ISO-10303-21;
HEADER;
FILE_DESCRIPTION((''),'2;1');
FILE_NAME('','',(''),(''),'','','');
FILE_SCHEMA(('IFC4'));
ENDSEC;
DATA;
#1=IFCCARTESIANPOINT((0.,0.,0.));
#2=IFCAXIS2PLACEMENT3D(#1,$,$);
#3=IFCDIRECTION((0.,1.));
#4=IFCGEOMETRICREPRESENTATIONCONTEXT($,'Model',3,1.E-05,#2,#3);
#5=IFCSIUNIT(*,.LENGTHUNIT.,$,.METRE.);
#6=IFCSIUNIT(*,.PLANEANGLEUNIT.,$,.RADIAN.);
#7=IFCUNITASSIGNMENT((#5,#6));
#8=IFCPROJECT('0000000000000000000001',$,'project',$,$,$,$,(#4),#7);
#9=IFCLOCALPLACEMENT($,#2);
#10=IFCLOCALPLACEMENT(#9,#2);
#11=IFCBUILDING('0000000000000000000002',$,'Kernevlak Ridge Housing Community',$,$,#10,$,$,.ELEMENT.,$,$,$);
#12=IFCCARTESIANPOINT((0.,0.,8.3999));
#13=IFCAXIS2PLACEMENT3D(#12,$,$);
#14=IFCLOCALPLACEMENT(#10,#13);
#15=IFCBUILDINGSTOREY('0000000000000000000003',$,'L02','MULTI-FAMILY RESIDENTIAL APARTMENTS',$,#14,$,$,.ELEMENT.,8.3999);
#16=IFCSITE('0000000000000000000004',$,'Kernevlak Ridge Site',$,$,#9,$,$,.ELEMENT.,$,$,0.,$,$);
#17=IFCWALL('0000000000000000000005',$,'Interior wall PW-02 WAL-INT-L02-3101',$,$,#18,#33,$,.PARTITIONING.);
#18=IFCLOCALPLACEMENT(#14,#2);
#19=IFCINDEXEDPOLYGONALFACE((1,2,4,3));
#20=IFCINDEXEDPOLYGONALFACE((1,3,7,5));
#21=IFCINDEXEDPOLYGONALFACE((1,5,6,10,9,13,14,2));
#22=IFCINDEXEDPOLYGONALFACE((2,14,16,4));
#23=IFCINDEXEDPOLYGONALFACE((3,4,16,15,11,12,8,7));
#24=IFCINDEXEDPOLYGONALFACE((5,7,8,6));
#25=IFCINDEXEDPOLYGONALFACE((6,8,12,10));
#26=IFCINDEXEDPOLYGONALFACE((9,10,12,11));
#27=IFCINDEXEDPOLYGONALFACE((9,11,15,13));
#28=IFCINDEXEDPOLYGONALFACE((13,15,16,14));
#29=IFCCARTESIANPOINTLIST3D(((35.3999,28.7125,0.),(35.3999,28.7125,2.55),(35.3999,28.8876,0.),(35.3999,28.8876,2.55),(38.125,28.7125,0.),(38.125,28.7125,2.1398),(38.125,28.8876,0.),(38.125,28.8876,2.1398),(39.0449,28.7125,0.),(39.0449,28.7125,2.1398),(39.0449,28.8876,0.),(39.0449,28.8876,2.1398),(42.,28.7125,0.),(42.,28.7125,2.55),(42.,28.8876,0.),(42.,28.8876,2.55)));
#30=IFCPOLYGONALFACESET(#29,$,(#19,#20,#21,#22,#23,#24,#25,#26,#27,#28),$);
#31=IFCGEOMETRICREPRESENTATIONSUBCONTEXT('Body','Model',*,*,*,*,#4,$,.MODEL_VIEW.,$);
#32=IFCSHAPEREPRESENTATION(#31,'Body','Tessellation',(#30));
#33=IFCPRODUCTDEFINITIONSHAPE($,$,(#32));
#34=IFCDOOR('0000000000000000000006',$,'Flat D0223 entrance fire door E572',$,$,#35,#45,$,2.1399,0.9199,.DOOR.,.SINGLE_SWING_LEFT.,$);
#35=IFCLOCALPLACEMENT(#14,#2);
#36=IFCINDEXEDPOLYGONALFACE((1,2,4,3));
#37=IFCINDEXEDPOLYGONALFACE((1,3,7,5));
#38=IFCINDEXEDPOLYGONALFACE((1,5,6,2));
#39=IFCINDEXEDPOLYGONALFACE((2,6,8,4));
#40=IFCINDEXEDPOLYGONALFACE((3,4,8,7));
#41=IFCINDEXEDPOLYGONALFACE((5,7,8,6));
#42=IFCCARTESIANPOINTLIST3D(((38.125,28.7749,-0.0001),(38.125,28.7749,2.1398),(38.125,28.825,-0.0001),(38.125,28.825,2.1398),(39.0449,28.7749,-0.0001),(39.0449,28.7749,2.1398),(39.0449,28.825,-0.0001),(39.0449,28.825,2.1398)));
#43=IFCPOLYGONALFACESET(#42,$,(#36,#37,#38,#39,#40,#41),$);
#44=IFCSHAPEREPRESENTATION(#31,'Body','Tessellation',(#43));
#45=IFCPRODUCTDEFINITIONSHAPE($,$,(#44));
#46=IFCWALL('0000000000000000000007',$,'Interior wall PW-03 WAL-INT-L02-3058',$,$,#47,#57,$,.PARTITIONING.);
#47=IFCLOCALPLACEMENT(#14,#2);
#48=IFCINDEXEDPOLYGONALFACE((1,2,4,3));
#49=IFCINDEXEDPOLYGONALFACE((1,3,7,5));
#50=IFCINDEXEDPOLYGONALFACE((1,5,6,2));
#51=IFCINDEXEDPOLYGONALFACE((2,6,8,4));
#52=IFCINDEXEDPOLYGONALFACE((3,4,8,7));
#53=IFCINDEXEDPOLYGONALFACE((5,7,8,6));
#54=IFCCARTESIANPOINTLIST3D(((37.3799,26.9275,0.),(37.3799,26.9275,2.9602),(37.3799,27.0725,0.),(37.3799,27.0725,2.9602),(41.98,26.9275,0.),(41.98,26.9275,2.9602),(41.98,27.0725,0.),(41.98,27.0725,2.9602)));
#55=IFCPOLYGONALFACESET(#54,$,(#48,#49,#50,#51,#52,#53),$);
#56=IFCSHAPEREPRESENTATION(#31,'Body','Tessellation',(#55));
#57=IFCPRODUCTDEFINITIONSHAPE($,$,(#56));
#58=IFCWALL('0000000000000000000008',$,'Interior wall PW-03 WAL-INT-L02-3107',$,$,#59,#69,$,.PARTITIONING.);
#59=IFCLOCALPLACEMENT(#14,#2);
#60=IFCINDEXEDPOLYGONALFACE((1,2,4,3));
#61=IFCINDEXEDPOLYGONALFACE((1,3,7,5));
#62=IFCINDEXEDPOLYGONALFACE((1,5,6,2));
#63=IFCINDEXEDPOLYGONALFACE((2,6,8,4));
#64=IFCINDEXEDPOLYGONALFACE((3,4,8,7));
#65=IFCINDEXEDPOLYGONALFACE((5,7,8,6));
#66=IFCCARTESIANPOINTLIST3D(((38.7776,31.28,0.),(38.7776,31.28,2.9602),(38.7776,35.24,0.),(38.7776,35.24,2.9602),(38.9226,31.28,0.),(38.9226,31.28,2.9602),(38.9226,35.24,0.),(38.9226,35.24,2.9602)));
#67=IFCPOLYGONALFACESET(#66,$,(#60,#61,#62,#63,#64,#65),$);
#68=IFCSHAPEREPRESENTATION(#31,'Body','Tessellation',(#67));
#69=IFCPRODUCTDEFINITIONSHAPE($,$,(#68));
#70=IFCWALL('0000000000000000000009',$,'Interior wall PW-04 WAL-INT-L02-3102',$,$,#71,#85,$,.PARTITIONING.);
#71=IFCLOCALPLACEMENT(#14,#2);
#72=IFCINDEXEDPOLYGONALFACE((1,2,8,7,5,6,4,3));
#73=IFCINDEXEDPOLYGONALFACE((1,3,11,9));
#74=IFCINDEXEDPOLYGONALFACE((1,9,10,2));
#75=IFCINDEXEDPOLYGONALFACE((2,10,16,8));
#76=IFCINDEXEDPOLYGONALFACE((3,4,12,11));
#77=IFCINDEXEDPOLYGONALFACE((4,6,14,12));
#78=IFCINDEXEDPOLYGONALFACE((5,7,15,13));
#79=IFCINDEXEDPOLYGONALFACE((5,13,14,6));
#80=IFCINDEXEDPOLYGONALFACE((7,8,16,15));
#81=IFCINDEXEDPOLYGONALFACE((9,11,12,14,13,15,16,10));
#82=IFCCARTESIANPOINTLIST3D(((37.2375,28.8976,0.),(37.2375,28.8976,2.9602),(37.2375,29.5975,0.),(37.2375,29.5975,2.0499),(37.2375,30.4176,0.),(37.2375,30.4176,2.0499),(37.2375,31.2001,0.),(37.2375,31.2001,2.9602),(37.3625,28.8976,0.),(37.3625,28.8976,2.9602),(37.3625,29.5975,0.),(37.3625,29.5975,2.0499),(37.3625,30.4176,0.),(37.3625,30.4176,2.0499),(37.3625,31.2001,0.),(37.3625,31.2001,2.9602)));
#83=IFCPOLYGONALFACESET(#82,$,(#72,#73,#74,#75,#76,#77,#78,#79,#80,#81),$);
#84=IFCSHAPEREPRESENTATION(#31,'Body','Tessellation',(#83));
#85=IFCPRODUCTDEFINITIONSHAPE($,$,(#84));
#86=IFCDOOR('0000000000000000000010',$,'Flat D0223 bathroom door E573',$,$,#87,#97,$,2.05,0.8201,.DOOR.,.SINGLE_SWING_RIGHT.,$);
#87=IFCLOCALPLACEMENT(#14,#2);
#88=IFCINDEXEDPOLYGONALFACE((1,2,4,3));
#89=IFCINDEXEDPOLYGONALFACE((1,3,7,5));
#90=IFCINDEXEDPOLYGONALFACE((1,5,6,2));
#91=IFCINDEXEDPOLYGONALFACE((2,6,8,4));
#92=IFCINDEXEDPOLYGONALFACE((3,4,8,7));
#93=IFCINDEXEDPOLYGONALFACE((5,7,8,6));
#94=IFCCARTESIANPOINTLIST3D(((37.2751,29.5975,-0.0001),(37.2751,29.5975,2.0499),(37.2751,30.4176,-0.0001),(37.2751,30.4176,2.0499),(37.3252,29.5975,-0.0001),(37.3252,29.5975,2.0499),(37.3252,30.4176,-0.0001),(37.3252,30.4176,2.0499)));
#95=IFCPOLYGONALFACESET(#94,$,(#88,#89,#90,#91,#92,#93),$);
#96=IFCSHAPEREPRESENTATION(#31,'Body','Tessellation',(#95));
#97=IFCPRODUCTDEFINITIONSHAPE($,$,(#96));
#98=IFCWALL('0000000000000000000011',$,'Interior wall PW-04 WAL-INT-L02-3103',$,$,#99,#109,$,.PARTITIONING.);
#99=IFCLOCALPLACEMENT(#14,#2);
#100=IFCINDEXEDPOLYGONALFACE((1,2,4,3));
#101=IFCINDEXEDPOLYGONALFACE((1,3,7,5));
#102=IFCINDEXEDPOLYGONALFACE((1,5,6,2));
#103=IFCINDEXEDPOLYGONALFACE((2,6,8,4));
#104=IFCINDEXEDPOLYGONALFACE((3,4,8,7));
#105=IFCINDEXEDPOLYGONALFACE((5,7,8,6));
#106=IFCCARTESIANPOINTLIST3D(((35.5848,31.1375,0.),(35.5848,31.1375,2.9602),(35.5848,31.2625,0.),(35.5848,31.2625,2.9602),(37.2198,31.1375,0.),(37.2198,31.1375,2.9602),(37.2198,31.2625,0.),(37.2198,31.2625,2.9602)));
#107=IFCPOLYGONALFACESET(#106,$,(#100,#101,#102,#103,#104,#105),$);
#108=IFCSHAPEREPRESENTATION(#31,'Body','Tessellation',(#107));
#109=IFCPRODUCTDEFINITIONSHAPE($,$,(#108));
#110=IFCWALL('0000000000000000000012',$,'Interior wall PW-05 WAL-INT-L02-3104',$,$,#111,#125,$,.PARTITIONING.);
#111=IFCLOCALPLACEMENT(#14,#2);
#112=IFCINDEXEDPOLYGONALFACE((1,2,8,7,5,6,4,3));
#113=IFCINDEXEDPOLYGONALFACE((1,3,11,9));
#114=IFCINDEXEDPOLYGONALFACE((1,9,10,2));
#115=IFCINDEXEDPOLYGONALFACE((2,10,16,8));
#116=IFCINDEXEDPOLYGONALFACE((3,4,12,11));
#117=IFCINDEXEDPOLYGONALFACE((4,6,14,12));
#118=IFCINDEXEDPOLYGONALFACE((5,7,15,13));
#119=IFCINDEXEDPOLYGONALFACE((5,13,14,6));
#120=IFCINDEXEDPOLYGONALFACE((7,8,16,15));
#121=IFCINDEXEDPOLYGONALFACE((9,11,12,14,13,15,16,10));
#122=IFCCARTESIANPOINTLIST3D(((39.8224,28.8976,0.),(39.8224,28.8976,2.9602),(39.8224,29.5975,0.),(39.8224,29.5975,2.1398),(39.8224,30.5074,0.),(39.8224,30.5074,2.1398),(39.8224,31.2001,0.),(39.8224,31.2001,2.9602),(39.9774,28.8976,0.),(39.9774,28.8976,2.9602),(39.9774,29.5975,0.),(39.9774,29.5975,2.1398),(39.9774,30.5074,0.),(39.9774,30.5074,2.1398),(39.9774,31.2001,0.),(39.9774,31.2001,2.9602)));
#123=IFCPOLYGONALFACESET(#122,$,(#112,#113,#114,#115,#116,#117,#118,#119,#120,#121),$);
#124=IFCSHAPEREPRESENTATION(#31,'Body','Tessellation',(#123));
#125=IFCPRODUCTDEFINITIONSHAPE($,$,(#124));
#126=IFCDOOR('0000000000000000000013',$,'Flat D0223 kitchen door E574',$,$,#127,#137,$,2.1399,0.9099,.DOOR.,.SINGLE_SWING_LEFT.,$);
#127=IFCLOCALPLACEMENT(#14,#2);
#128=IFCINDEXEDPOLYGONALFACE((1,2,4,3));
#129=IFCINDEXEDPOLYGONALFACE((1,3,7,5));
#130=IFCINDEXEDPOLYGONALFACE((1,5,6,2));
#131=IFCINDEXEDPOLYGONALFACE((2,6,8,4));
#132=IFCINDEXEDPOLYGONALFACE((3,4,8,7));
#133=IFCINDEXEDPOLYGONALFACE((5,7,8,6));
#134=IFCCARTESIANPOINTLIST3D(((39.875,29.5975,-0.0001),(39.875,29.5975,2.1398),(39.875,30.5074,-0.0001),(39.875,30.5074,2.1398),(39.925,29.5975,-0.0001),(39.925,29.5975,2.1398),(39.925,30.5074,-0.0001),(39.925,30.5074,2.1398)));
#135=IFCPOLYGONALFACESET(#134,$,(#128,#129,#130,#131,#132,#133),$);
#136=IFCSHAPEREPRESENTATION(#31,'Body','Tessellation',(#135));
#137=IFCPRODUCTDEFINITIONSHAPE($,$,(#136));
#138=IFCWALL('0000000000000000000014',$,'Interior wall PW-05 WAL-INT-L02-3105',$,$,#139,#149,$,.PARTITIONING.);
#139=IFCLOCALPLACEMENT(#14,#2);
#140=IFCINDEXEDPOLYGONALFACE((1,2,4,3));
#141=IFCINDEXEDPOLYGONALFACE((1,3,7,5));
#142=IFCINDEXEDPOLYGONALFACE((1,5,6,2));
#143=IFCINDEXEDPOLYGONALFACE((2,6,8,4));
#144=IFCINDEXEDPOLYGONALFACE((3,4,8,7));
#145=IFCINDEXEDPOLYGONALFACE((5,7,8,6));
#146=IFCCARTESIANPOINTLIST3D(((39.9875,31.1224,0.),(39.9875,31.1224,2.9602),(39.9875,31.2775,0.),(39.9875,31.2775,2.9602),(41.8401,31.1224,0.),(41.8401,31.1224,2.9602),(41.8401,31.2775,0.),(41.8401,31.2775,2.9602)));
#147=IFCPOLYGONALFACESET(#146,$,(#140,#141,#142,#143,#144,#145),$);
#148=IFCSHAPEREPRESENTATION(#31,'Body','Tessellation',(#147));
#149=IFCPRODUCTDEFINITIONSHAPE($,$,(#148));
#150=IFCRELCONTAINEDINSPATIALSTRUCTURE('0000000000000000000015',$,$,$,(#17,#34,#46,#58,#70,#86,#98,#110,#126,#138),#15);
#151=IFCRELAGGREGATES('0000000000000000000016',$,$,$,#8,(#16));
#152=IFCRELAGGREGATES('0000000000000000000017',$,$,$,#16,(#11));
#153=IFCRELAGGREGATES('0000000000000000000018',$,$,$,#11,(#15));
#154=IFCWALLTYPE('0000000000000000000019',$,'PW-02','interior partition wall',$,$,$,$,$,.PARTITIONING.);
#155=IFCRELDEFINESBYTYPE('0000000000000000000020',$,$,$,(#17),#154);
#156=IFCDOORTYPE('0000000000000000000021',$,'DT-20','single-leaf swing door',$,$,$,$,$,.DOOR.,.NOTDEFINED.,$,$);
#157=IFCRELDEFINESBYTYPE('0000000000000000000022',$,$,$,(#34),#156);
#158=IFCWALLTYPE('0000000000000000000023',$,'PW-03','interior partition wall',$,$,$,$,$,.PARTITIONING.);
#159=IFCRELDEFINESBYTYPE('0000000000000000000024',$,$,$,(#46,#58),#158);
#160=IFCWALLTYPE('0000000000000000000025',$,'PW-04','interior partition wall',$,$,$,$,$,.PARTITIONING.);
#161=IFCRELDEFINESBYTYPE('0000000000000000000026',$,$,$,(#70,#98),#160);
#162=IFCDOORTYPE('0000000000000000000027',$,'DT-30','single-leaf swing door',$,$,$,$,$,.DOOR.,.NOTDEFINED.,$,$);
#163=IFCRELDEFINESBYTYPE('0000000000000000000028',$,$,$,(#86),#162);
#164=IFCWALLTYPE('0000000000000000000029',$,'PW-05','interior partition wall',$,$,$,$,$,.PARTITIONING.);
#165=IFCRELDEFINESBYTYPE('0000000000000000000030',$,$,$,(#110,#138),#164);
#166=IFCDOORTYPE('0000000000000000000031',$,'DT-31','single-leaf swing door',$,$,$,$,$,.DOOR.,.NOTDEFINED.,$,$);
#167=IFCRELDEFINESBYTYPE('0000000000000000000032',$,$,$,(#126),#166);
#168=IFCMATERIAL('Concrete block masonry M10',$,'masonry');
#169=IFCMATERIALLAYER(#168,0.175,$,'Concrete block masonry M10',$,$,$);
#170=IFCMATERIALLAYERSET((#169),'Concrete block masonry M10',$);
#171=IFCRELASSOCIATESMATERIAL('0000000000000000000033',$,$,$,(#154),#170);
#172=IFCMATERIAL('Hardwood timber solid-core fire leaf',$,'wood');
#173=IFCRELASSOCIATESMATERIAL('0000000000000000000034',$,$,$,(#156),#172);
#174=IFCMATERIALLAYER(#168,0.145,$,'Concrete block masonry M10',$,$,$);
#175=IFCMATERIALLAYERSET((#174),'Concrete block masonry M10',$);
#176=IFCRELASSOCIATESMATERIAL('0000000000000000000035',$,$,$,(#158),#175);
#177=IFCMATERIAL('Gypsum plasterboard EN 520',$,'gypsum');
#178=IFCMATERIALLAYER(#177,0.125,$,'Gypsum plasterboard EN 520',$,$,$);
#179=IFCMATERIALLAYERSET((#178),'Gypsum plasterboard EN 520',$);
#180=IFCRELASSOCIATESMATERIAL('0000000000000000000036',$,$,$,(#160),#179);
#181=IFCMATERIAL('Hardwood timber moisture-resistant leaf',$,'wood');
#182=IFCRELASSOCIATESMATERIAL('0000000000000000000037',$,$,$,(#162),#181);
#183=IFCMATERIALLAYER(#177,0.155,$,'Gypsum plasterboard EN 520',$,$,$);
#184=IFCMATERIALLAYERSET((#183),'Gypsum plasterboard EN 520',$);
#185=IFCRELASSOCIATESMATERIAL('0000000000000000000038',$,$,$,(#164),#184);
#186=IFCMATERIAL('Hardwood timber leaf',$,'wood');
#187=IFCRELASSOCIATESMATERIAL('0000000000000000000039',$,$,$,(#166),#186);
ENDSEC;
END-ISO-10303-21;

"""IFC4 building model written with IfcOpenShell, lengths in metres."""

from ifc_helpers import new_model, si_unit, direction, frame, frame_2d, origin, place, context, subcontext, project, spatial, rectangle, extrude, material, layer, layer_set, type_object, element, fill, save


model = new_model("IFC4")

# Units and contexts
model_context = context("Model", 3, precision=1e-05, world=origin(), true_north=direction((0.0, 1.0)))
body_context = subcontext(model_context, "Body", "Model", "MODEL_VIEW")
ifc_project = project(units=[si_unit("LENGTHUNIT", "METRE"), si_unit("PLANEANGLEUNIT", "RADIAN")], contexts=[model_context])

# Site, building, storey
site_placement = place(None, origin())
site = spatial("IfcSite", under=ifc_project, at=site_placement, Name="Kernevlak Ridge Site", CompositionType="ELEMENT", RefElevation=0.0)
building_placement = place(site_placement, origin())
building = spatial("IfcBuilding", under=site, at=building_placement, Name="Kernevlak Ridge Housing Community", CompositionType="ELEMENT")
storey_placement = place(building_placement, frame((0.0, 0.0, 8.3999)))
storey = spatial("IfcBuildingStorey", under=building, at=storey_placement, Name="L02", Description="MULTI-FAMILY RESIDENTIAL APARTMENTS", CompositionType="ELEMENT", Elevation=8.3999)

# Shared definitions
ifc_material_1 = material(Name="Concrete block masonry M10", Category="masonry")

# Wall, opening, door
ifc_layer_1 = layer(ifc_material_1, 0.175, Name="Concrete block masonry M10")
ifc_layer_set_1 = layer_set([ifc_layer_1], Name="Concrete block masonry M10")
wall_type_1 = type_object("IfcWallType", Name="PW-02", Description="interior partition wall", PredefinedType="PARTITIONING", material=ifc_layer_set_1)
wall_1_placement = place(storey_placement, frame((35.3999, 28.8, 0.0), z_axis=(0.0, 0.0, 1.0), x_axis=(1.0, 0.0, 0.0)))
wall_1 = element("IfcWall", 1, at=wall_1_placement, inside=storey, type_object=wall_type_1, Name="Interior wall PW-02 WAL-INT-L02-3101", PredefinedType="PARTITIONING", context=body_context, shape_type="SweptSolid", body=[
    extrude(rectangle(XDim=6.6001, YDim=0.175, at=frame_2d((3.3, 0.0))), origin(), (0.0, 0.0, 1.0), 2.55),
])
opening_1_placement = place(wall_1_placement, frame((2.7251, 0.0, 0.0)))
opening_1 = element("IfcOpeningElement", 2, at=opening_1_placement, cuts=wall_1, PredefinedType="OPENING", context=body_context, shape_type="SweptSolid", body=[
    extrude(rectangle(XDim=0.9199, YDim=2.1399, at=frame_2d((0.46, 1.0698))), frame((0.0, 0.0974, 0.0), z_axis=(0.0, -1.0, 0.0), x_axis=(1.0, 0.0, 0.0)), (0.0, 0.0, 1.0), 0.1951),
])
ifc_material_2 = material(Name="Hardwood timber solid-core fire leaf", Category="wood")
door_type_1 = type_object("IfcDoorType", Name="DT-20", Description="single-leaf swing door", OperationType="NOTDEFINED", PredefinedType="DOOR", material=ifc_material_2)
door_1_placement = place(opening_1_placement, origin())
door_1 = element("IfcDoor", 3, at=door_1_placement, inside=storey, type_object=door_type_1, Name="Flat D0223 entrance fire door E572", OperationType="SINGLE_SWING_LEFT", OverallHeight=2.1399, OverallWidth=0.9199, PredefinedType="DOOR", context=body_context, shape_type="SweptSolid", body=[
    extrude(rectangle(XDim=0.9199, YDim=2.1399, at=frame_2d((0.46, 1.0698))), frame((0.0, 0.0249, 0.0), z_axis=(0.0, -1.0, 0.0), x_axis=(1.0, 0.0, 0.0)), (0.0, 0.0, 1.0), 0.05),
])
fill(opening_1, door_1)

# Walls
ifc_layer_2 = layer(ifc_material_1, 0.145, Name="Concrete block masonry M10")
ifc_layer_set_2 = layer_set([ifc_layer_2], Name="Concrete block masonry M10")
wall_type_2 = type_object("IfcWallType", Name="PW-03", Description="interior partition wall", PredefinedType="PARTITIONING", material=ifc_layer_set_2)
wall_2_placement = place(storey_placement, frame((37.3799, 27.0, 0.0), z_axis=(0.0, 0.0, 1.0), x_axis=(1.0, 0.0, 0.0)))
element("IfcWall", 4, at=wall_2_placement, inside=storey, type_object=wall_type_2, Name="Interior wall PW-03 WAL-INT-L02-3058", PredefinedType="PARTITIONING", context=body_context, shape_type="SweptSolid", body=[
    extrude(rectangle(XDim=4.6001, YDim=0.145, at=frame_2d((2.3, 0.0))), origin(), (0.0, 0.0, 1.0), 2.9602),
])
wall_3_placement = place(storey_placement, frame((38.8501, 31.28, 0.0), z_axis=(0.0, 0.0, 1.0), x_axis=(0.0, 1.0, 0.0)))
element("IfcWall", 5, at=wall_3_placement, inside=storey, type_object=wall_type_2, Name="Interior wall PW-03 WAL-INT-L02-3107", PredefinedType="PARTITIONING", context=body_context, shape_type="SweptSolid", body=[
    extrude(rectangle(XDim=3.96, YDim=0.145, at=frame_2d((1.98, 0.0))), origin(), (0.0, 0.0, 1.0), 2.9602),
])

# Wall, opening, door
ifc_material_3 = material(Name="Gypsum plasterboard EN 520", Category="gypsum")
ifc_layer_3 = layer(ifc_material_3, 0.125, Name="Gypsum plasterboard EN 520")
ifc_layer_set_3 = layer_set([ifc_layer_3], Name="Gypsum plasterboard EN 520")
wall_type_3 = type_object("IfcWallType", Name="PW-04", Description="interior partition wall", PredefinedType="PARTITIONING", material=ifc_layer_set_3)
wall_4_placement = place(storey_placement, frame((37.3, 28.8975, 0.0), z_axis=(0.0, 0.0, 1.0), x_axis=(0.0, 1.0, 0.0)))
wall_4 = element("IfcWall", 6, at=wall_4_placement, inside=storey, type_object=wall_type_3, Name="Interior wall PW-04 WAL-INT-L02-3102", PredefinedType="PARTITIONING", context=body_context, shape_type="SweptSolid", body=[
    extrude(rectangle(XDim=2.3025, YDim=0.125, at=frame_2d((1.1514, 0.0))), origin(), (0.0, 0.0, 1.0), 2.9602),
])
opening_2_placement = place(wall_4_placement, frame((0.7, 0.0, 0.0)))
opening_2 = element("IfcOpeningElement", 7, at=opening_2_placement, cuts=wall_4, PredefinedType="OPENING", context=body_context, shape_type="SweptSolid", body=[
    extrude(rectangle(XDim=0.8201, YDim=2.05, at=frame_2d((0.4102, 1.0249))), frame((0.0, 0.0725, 0.0), z_axis=(0.0, -1.0, 0.0), x_axis=(1.0, 0.0, 0.0)), (0.0, 0.0, 1.0), 0.145),
])
ifc_material_4 = material(Name="Hardwood timber moisture-resistant leaf", Category="wood")
door_type_2 = type_object("IfcDoorType", Name="DT-30", Description="single-leaf swing door", OperationType="NOTDEFINED", PredefinedType="DOOR", material=ifc_material_4)
door_2_placement = place(opening_2_placement, origin())
door_2 = element("IfcDoor", 8, at=door_2_placement, inside=storey, type_object=door_type_2, Name="Flat D0223 bathroom door E573", OperationType="SINGLE_SWING_RIGHT", OverallHeight=2.05, OverallWidth=0.8201, PredefinedType="DOOR", context=body_context, shape_type="SweptSolid", body=[
    extrude(rectangle(XDim=0.8201, YDim=2.05, at=frame_2d((0.4102, 1.0249))), frame((0.0, 0.0249, 0.0), z_axis=(0.0, -1.0, 0.0), x_axis=(1.0, 0.0, 0.0)), (0.0, 0.0, 1.0), 0.05),
])
fill(opening_2, door_2)

# Wall
wall_5_placement = place(storey_placement, frame((35.585, 31.2, 0.0), z_axis=(0.0, 0.0, 1.0), x_axis=(1.0, 0.0, 0.0)))
element("IfcWall", 9, at=wall_5_placement, inside=storey, type_object=wall_type_3, Name="Interior wall PW-04 WAL-INT-L02-3103", PredefinedType="PARTITIONING", context=body_context, shape_type="SweptSolid", body=[
    extrude(rectangle(XDim=1.635, YDim=0.125, at=frame_2d((0.8174, 0.0))), origin(), (0.0, 0.0, 1.0), 2.9602),
])

# Wall, opening, door
ifc_layer_4 = layer(ifc_material_3, 0.155, Name="Gypsum plasterboard EN 520")
ifc_layer_set_4 = layer_set([ifc_layer_4], Name="Gypsum plasterboard EN 520")
wall_type_4 = type_object("IfcWallType", Name="PW-05", Description="interior partition wall", PredefinedType="PARTITIONING", material=ifc_layer_set_4)
wall_6_placement = place(storey_placement, frame((39.8999, 28.8975, 0.0), z_axis=(0.0, 0.0, 1.0), x_axis=(0.0, 1.0, 0.0)))
wall_6 = element("IfcWall", 10, at=wall_6_placement, inside=storey, type_object=wall_type_4, Name="Interior wall PW-05 WAL-INT-L02-3104", PredefinedType="PARTITIONING", context=body_context, shape_type="SweptSolid", body=[
    extrude(rectangle(XDim=2.3025, YDim=0.155, at=frame_2d((1.1514, 0.0))), origin(), (0.0, 0.0, 1.0), 2.9602),
])
opening_3_placement = place(wall_6_placement, frame((0.7, 0.0, 0.0)))
opening_3 = element("IfcOpeningElement", 11, at=opening_3_placement, cuts=wall_6, PredefinedType="OPENING", context=body_context, shape_type="SweptSolid", body=[
    extrude(rectangle(XDim=0.9099, YDim=2.1399, at=frame_2d((0.4551, 1.0698))), frame((0.0, 0.0874, 0.0), z_axis=(0.0, -1.0, 0.0), x_axis=(1.0, 0.0, 0.0)), (0.0, 0.0, 1.0), 0.175),
])
ifc_material_5 = material(Name="Hardwood timber leaf", Category="wood")
door_type_3 = type_object("IfcDoorType", Name="DT-31", Description="single-leaf swing door", OperationType="NOTDEFINED", PredefinedType="DOOR", material=ifc_material_5)
door_3_placement = place(opening_3_placement, origin())
door_3 = element("IfcDoor", 12, at=door_3_placement, inside=storey, type_object=door_type_3, Name="Flat D0223 kitchen door E574", OperationType="SINGLE_SWING_LEFT", OverallHeight=2.1399, OverallWidth=0.9099, PredefinedType="DOOR", context=body_context, shape_type="SweptSolid", body=[
    extrude(rectangle(XDim=0.9099, YDim=2.1399, at=frame_2d((0.4551, 1.0698))), frame((0.0, 0.0249, 0.0), z_axis=(0.0, -1.0, 0.0), x_axis=(1.0, 0.0, 0.0)), (0.0, 0.0, 1.0), 0.05),
])
fill(opening_3, door_3)

# Wall
wall_7_placement = place(storey_placement, frame((39.9875, 31.2, 0.0), z_axis=(0.0, 0.0, 1.0), x_axis=(1.0, 0.0, 0.0)))
element("IfcWall", 13, at=wall_7_placement, inside=storey, type_object=wall_type_4, Name="Interior wall PW-05 WAL-INT-L02-3105", PredefinedType="PARTITIONING", context=body_context, shape_type="SweptSolid", body=[
    extrude(rectangle(XDim=1.8525, YDim=0.155, at=frame_2d((0.9263, 0.0))), origin(), (0.0, 0.0, 1.0), 2.9602),
])

save(model, "model.ifc")
